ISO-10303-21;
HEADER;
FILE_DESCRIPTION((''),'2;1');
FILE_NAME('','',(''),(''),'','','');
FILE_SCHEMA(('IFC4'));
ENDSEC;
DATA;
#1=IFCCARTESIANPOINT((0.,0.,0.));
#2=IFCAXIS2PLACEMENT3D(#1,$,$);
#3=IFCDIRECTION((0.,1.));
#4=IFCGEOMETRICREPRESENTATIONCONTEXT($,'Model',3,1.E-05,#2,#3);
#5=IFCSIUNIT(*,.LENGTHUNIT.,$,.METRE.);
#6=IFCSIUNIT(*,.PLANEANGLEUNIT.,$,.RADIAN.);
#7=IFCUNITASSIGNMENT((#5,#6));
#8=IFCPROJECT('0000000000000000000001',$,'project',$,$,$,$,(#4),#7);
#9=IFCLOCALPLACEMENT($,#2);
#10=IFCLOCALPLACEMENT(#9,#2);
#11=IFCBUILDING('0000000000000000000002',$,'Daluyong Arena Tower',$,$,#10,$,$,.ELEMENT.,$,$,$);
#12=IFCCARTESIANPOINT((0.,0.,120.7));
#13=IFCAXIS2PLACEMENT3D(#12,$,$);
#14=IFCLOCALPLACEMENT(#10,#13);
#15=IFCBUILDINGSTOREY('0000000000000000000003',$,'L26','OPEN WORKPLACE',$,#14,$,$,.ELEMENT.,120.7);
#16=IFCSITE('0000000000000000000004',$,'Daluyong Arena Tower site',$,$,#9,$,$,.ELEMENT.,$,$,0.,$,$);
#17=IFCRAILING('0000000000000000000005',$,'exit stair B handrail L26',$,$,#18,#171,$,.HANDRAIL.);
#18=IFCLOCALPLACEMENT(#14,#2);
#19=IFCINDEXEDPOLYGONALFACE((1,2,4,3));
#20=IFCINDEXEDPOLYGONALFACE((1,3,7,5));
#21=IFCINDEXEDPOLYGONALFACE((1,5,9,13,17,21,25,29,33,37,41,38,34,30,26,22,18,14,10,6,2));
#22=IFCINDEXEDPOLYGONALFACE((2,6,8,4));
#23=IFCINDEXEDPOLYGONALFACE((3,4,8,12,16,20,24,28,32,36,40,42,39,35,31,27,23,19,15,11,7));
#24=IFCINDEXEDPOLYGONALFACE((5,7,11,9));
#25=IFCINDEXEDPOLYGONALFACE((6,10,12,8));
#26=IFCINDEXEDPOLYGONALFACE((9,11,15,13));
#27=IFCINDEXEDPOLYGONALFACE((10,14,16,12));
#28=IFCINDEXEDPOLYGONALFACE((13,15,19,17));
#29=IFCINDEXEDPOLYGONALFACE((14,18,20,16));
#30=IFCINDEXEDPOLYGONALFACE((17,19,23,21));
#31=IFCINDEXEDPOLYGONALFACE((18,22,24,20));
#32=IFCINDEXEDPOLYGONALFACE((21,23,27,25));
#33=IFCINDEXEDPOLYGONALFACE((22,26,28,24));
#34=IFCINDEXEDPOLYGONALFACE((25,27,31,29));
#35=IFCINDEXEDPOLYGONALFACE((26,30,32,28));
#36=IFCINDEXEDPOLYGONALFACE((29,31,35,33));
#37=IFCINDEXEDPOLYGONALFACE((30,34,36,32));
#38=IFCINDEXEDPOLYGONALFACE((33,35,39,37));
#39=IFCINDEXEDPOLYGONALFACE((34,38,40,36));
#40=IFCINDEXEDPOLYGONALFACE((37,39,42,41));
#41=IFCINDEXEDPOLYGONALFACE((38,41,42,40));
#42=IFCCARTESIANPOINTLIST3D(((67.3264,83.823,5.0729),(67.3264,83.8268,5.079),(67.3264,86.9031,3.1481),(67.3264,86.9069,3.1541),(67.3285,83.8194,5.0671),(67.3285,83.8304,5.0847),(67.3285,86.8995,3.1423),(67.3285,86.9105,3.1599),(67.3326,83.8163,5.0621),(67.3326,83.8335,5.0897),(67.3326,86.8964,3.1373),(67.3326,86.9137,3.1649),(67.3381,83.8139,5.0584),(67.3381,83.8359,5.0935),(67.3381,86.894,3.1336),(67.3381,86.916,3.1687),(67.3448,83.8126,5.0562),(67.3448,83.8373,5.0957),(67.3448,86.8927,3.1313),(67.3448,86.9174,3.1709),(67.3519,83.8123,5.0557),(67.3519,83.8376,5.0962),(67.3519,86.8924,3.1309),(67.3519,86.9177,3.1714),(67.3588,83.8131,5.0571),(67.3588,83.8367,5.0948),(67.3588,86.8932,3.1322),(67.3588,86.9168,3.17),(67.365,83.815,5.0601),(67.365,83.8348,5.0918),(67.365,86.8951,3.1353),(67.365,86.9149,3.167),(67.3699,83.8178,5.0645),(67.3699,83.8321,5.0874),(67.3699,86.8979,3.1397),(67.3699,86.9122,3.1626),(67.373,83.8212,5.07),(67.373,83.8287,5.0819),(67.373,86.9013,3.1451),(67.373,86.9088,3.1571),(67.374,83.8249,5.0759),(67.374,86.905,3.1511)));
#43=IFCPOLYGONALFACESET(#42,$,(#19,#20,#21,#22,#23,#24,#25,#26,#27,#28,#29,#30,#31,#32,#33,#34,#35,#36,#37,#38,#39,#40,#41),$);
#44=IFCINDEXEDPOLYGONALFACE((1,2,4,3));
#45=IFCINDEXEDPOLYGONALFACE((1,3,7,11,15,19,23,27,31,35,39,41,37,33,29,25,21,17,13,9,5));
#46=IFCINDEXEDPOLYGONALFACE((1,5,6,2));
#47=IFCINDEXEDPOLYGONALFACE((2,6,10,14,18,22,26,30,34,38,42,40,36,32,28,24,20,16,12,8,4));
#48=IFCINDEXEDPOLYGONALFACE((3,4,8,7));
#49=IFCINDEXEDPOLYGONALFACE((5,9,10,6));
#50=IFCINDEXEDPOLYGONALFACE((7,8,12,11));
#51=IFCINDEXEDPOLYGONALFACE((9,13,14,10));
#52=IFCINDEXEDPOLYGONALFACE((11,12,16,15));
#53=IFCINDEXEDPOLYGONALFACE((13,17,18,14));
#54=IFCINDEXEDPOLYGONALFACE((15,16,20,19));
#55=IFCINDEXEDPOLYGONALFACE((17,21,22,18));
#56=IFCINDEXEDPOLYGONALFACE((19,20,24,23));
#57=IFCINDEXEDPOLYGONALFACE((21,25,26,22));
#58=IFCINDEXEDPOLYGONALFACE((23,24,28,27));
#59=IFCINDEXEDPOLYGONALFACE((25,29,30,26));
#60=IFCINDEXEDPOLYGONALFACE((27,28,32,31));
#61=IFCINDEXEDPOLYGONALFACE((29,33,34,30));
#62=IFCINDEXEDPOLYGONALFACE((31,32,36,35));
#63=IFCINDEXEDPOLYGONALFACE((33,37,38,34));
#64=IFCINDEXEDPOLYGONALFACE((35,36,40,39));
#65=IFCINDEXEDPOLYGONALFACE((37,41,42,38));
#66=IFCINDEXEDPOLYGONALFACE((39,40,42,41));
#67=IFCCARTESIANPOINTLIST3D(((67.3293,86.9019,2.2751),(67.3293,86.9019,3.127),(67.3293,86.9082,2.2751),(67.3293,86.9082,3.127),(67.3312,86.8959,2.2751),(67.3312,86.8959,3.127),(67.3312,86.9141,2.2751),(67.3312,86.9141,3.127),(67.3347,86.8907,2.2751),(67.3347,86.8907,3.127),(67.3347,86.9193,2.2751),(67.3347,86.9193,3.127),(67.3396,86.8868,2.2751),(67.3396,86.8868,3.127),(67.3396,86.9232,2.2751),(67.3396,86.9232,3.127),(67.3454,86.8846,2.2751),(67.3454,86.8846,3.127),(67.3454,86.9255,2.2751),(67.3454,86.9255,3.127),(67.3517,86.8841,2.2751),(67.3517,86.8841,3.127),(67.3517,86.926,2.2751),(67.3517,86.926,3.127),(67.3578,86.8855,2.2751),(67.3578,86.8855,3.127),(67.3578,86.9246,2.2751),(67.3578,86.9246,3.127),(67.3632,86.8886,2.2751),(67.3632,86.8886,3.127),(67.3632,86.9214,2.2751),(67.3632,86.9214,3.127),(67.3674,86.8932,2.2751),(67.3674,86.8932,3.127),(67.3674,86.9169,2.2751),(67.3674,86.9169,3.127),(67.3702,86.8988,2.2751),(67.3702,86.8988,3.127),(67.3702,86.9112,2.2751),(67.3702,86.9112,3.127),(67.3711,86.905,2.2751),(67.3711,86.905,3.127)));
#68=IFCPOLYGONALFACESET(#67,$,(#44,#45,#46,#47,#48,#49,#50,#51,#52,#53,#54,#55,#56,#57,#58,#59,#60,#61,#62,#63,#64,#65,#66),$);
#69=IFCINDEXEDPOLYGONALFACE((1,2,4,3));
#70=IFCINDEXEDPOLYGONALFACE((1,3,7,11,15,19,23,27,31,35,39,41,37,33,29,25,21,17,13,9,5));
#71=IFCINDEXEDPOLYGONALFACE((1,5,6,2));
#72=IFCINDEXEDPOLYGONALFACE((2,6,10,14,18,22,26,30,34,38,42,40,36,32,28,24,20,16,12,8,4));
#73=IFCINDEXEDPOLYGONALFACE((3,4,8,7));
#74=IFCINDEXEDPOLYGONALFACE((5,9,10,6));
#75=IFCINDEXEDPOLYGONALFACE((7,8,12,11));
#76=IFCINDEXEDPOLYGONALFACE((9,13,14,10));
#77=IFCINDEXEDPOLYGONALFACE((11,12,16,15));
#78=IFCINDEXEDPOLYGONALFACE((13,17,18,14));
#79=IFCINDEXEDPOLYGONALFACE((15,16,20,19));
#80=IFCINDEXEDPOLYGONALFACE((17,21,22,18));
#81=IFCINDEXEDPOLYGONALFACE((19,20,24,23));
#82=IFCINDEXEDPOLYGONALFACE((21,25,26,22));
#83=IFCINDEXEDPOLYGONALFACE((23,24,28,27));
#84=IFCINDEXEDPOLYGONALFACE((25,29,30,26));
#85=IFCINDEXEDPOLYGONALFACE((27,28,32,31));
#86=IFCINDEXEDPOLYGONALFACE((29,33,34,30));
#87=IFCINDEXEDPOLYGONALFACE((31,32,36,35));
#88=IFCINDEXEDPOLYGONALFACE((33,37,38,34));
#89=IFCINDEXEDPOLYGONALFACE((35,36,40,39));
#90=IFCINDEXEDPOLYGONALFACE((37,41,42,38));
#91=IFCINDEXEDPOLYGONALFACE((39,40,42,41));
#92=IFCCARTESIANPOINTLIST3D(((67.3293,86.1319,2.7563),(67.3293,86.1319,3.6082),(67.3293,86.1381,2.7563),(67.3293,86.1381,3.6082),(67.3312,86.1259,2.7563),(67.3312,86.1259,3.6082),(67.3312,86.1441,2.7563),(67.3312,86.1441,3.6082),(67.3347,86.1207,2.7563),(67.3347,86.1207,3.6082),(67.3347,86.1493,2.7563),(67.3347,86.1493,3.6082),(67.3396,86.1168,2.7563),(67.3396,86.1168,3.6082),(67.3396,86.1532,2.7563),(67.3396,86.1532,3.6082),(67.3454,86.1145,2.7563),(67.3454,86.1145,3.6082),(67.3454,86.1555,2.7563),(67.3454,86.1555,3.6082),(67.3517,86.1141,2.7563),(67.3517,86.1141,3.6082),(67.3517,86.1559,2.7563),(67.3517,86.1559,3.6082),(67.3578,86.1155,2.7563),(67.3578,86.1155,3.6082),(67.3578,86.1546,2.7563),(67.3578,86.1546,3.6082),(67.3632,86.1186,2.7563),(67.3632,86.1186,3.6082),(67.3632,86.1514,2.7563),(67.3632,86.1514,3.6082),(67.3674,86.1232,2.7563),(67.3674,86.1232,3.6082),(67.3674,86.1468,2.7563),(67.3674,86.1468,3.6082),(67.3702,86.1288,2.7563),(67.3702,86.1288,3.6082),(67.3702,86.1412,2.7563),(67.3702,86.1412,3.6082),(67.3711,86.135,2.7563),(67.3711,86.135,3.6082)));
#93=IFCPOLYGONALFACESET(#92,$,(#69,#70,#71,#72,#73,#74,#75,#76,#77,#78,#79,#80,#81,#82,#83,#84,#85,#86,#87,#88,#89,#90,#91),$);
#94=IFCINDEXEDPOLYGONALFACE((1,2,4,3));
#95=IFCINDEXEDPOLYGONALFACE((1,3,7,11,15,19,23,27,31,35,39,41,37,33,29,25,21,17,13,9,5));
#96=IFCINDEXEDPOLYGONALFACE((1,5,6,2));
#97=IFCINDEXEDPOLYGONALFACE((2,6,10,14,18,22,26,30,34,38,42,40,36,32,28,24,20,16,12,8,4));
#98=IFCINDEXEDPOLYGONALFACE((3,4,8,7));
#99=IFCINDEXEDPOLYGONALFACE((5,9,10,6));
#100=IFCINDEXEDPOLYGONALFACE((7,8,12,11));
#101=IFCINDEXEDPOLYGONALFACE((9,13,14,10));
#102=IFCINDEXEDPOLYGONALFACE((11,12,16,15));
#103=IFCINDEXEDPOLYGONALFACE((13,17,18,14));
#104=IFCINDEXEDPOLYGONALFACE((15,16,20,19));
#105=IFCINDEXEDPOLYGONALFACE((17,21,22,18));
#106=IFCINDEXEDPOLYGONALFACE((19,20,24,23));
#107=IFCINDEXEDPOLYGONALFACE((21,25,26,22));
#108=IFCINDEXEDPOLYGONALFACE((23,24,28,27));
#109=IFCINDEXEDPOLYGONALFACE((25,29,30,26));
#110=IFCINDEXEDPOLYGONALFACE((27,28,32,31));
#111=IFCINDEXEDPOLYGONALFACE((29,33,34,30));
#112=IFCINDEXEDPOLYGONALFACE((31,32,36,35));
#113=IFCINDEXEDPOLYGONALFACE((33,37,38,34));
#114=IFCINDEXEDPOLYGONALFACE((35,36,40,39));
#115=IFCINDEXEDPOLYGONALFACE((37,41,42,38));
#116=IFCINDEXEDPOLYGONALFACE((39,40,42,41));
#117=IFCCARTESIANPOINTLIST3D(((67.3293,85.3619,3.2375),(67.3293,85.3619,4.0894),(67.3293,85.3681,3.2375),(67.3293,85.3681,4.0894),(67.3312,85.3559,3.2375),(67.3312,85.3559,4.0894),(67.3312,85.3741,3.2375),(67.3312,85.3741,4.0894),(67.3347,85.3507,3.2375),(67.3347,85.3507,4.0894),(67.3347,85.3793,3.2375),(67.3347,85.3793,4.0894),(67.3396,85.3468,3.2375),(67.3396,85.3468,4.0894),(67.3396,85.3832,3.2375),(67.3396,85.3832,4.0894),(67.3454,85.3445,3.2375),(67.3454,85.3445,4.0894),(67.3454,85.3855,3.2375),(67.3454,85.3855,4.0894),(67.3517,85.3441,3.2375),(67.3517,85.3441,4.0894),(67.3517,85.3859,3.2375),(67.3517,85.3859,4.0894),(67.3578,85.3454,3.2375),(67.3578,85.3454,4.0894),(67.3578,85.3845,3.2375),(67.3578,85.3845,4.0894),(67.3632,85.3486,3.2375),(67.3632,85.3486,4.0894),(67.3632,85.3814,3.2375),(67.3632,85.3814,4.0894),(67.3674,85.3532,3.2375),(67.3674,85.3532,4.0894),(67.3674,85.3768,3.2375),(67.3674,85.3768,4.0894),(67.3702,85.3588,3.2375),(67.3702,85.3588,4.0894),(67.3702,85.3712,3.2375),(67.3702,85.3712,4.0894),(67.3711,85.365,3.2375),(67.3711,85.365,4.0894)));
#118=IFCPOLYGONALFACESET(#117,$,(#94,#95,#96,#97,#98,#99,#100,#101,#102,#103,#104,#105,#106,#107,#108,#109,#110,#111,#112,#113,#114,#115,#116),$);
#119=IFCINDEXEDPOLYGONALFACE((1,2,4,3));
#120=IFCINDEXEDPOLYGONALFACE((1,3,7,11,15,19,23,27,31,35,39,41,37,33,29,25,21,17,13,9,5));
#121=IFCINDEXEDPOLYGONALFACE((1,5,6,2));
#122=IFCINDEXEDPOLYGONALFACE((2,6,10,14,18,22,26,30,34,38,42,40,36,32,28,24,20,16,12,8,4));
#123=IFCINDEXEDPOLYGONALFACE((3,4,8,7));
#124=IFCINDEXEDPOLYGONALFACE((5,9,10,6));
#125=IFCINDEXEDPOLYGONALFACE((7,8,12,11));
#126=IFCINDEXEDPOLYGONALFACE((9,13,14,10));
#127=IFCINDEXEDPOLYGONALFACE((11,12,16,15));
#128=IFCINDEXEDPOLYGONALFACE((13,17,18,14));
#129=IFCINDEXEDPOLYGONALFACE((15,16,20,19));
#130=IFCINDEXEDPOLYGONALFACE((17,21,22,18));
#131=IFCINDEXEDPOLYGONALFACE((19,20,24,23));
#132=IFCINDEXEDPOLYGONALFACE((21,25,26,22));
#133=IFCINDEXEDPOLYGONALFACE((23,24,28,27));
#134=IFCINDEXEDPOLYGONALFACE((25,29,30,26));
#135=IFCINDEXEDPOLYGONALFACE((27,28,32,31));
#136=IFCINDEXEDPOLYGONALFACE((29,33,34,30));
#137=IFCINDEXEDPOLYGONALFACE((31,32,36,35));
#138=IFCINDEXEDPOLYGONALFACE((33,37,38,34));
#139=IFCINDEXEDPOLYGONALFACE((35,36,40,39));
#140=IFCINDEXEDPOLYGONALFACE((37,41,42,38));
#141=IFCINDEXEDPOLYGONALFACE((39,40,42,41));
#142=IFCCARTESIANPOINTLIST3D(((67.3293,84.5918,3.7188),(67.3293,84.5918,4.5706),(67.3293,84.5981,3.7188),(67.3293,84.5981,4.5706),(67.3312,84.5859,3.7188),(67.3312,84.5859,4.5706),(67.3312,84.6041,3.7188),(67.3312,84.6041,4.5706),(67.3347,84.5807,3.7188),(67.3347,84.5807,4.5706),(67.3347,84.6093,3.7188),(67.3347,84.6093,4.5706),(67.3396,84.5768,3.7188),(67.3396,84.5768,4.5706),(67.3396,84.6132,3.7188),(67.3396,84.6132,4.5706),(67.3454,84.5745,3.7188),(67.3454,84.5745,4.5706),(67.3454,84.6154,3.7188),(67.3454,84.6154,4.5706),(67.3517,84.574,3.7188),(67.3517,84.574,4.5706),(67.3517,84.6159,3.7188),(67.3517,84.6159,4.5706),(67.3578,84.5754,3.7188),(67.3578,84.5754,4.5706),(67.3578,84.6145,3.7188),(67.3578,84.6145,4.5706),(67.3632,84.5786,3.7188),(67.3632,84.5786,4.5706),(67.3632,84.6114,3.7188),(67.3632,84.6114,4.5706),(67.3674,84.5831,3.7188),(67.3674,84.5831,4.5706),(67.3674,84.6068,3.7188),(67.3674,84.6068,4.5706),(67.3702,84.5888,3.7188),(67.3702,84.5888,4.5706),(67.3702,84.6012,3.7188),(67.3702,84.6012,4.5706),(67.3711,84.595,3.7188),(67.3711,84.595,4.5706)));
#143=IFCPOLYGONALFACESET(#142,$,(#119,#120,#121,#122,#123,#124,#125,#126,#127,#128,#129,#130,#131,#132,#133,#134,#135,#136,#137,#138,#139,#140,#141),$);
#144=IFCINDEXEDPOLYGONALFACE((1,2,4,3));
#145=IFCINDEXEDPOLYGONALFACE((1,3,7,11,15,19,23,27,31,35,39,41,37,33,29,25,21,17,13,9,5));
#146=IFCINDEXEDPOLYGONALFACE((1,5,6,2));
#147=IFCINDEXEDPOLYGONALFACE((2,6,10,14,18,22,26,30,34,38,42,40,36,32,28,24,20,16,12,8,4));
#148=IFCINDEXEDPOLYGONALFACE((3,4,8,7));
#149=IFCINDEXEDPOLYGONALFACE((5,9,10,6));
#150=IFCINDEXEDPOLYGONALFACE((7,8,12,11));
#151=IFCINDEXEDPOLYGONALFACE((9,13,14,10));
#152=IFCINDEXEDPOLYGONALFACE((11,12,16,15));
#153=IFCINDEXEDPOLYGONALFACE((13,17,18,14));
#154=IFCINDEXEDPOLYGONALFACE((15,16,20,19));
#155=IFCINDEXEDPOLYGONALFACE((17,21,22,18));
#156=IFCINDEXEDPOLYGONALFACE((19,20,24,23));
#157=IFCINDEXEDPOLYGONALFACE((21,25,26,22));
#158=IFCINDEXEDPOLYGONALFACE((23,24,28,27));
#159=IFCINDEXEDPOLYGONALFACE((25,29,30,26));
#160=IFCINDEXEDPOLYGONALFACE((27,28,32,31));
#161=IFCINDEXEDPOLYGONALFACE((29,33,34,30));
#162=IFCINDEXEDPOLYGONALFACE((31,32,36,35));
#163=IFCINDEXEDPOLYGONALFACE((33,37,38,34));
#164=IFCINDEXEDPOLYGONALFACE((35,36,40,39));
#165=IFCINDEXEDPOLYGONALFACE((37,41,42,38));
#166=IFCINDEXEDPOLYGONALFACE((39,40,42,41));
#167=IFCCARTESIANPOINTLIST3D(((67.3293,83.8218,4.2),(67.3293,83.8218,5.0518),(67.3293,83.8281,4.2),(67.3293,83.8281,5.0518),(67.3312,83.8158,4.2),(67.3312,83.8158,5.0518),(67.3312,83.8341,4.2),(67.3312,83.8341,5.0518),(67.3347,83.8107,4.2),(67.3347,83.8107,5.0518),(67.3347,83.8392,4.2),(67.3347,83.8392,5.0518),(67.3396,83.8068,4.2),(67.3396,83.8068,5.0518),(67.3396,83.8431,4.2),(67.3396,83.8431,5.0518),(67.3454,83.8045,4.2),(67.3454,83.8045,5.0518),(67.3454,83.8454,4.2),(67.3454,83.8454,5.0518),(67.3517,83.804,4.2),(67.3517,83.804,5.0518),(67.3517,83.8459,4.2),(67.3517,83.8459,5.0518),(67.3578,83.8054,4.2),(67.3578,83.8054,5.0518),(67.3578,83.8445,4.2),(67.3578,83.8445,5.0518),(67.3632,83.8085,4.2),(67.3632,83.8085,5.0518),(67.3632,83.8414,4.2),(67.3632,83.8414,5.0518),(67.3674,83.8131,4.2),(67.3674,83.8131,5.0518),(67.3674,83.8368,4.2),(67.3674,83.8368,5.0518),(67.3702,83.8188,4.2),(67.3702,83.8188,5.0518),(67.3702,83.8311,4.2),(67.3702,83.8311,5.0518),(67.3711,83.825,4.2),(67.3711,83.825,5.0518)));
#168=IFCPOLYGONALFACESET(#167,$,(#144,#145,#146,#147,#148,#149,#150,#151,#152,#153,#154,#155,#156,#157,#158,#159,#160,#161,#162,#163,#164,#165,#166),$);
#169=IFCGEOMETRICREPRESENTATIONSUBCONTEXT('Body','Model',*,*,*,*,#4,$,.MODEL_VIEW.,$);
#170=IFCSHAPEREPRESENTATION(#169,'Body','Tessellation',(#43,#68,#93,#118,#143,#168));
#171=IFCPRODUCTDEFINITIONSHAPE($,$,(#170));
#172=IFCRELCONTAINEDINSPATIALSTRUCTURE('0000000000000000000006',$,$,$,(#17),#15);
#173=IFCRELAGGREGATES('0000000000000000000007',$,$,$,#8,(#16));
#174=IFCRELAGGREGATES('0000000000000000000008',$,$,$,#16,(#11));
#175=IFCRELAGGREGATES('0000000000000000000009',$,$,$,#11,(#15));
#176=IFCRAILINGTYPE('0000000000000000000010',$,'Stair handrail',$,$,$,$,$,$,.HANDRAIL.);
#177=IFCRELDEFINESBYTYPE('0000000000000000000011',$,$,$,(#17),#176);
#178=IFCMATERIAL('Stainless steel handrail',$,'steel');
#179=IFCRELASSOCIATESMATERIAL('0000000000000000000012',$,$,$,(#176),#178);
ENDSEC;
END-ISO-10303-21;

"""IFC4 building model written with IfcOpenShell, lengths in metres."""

from ifc_helpers import new_model, si_unit, direction, frame, origin, origin_2d, place, context, subcontext, project, spatial, circle, extrude, material, type_object, element, save


model = new_model("IFC4")

# Units and contexts
model_context = context("Model", 3, precision=1e-05, world=origin(), true_north=direction((0.0, 1.0)))
body_context = subcontext(model_context, "Body", "Model", "MODEL_VIEW")
ifc_project = project(units=[si_unit("LENGTHUNIT", "METRE"), si_unit("PLANEANGLEUNIT", "RADIAN")], contexts=[model_context])

# Site, building, storey
site_placement = place(None, origin())
site = spatial("IfcSite", under=ifc_project, at=site_placement, Name="Daluyong Arena Tower site", CompositionType="ELEMENT", RefElevation=0.0)
building_placement = place(site_placement, origin())
building = spatial("IfcBuilding", under=site, at=building_placement, Name="Daluyong Arena Tower", CompositionType="ELEMENT")
storey_placement = place(building_placement, frame((0.0, 0.0, 120.7)))
storey = spatial("IfcBuildingStorey", under=building, at=storey_placement, Name="L26", Description="OPEN WORKPLACE", CompositionType="ELEMENT", Elevation=120.7)

# Railing
ifc_material_1 = material(Name="Stainless steel handrail", Category="steel")
railing_type_1 = type_object("IfcRailingType", Name="Stair handrail", PredefinedType="HANDRAIL", material=ifc_material_1)
railing_1_placement = place(storey_placement, frame((67.3501, 86.905, 2.2751)))
element("IfcRailing", 1, at=railing_1_placement, inside=storey, type_object=railing_type_1, Name="exit stair B handrail L26", PredefinedType="HANDRAIL", context=body_context, shape_type="SweptSolid", body=[
    extrude(circle(Radius=0.0239, at=origin_2d()), frame((0.0, 0.0, 0.876), z_axis=(0.0, -0.848029, 0.529951), x_axis=(1.0, 0.0, 0.0)), (0.0, 0.0, 1.0), 3.6321),
    extrude(circle(Radius=0.021, at=origin_2d()), origin(), (0.0, 0.0, 1.0), 0.8518),
    extrude(circle(Radius=0.021, at=origin_2d()), frame((0.0, -0.77, 0.4812)), (0.0, 0.0, 1.0), 0.8518),
    extrude(circle(Radius=0.021, at=origin_2d()), frame((0.0, -1.54, 0.9624)), (0.0, 0.0, 1.0), 0.8518),
    extrude(circle(Radius=0.021, at=origin_2d()), frame((0.0, -2.3101, 1.4436)), (0.0, 0.0, 1.0), 0.8518),
    extrude(circle(Radius=0.021, at=origin_2d()), frame((0.0, -3.0801, 1.9248)), (0.0, 0.0, 1.0), 0.8518),
])

save(model, "model.ifc")
